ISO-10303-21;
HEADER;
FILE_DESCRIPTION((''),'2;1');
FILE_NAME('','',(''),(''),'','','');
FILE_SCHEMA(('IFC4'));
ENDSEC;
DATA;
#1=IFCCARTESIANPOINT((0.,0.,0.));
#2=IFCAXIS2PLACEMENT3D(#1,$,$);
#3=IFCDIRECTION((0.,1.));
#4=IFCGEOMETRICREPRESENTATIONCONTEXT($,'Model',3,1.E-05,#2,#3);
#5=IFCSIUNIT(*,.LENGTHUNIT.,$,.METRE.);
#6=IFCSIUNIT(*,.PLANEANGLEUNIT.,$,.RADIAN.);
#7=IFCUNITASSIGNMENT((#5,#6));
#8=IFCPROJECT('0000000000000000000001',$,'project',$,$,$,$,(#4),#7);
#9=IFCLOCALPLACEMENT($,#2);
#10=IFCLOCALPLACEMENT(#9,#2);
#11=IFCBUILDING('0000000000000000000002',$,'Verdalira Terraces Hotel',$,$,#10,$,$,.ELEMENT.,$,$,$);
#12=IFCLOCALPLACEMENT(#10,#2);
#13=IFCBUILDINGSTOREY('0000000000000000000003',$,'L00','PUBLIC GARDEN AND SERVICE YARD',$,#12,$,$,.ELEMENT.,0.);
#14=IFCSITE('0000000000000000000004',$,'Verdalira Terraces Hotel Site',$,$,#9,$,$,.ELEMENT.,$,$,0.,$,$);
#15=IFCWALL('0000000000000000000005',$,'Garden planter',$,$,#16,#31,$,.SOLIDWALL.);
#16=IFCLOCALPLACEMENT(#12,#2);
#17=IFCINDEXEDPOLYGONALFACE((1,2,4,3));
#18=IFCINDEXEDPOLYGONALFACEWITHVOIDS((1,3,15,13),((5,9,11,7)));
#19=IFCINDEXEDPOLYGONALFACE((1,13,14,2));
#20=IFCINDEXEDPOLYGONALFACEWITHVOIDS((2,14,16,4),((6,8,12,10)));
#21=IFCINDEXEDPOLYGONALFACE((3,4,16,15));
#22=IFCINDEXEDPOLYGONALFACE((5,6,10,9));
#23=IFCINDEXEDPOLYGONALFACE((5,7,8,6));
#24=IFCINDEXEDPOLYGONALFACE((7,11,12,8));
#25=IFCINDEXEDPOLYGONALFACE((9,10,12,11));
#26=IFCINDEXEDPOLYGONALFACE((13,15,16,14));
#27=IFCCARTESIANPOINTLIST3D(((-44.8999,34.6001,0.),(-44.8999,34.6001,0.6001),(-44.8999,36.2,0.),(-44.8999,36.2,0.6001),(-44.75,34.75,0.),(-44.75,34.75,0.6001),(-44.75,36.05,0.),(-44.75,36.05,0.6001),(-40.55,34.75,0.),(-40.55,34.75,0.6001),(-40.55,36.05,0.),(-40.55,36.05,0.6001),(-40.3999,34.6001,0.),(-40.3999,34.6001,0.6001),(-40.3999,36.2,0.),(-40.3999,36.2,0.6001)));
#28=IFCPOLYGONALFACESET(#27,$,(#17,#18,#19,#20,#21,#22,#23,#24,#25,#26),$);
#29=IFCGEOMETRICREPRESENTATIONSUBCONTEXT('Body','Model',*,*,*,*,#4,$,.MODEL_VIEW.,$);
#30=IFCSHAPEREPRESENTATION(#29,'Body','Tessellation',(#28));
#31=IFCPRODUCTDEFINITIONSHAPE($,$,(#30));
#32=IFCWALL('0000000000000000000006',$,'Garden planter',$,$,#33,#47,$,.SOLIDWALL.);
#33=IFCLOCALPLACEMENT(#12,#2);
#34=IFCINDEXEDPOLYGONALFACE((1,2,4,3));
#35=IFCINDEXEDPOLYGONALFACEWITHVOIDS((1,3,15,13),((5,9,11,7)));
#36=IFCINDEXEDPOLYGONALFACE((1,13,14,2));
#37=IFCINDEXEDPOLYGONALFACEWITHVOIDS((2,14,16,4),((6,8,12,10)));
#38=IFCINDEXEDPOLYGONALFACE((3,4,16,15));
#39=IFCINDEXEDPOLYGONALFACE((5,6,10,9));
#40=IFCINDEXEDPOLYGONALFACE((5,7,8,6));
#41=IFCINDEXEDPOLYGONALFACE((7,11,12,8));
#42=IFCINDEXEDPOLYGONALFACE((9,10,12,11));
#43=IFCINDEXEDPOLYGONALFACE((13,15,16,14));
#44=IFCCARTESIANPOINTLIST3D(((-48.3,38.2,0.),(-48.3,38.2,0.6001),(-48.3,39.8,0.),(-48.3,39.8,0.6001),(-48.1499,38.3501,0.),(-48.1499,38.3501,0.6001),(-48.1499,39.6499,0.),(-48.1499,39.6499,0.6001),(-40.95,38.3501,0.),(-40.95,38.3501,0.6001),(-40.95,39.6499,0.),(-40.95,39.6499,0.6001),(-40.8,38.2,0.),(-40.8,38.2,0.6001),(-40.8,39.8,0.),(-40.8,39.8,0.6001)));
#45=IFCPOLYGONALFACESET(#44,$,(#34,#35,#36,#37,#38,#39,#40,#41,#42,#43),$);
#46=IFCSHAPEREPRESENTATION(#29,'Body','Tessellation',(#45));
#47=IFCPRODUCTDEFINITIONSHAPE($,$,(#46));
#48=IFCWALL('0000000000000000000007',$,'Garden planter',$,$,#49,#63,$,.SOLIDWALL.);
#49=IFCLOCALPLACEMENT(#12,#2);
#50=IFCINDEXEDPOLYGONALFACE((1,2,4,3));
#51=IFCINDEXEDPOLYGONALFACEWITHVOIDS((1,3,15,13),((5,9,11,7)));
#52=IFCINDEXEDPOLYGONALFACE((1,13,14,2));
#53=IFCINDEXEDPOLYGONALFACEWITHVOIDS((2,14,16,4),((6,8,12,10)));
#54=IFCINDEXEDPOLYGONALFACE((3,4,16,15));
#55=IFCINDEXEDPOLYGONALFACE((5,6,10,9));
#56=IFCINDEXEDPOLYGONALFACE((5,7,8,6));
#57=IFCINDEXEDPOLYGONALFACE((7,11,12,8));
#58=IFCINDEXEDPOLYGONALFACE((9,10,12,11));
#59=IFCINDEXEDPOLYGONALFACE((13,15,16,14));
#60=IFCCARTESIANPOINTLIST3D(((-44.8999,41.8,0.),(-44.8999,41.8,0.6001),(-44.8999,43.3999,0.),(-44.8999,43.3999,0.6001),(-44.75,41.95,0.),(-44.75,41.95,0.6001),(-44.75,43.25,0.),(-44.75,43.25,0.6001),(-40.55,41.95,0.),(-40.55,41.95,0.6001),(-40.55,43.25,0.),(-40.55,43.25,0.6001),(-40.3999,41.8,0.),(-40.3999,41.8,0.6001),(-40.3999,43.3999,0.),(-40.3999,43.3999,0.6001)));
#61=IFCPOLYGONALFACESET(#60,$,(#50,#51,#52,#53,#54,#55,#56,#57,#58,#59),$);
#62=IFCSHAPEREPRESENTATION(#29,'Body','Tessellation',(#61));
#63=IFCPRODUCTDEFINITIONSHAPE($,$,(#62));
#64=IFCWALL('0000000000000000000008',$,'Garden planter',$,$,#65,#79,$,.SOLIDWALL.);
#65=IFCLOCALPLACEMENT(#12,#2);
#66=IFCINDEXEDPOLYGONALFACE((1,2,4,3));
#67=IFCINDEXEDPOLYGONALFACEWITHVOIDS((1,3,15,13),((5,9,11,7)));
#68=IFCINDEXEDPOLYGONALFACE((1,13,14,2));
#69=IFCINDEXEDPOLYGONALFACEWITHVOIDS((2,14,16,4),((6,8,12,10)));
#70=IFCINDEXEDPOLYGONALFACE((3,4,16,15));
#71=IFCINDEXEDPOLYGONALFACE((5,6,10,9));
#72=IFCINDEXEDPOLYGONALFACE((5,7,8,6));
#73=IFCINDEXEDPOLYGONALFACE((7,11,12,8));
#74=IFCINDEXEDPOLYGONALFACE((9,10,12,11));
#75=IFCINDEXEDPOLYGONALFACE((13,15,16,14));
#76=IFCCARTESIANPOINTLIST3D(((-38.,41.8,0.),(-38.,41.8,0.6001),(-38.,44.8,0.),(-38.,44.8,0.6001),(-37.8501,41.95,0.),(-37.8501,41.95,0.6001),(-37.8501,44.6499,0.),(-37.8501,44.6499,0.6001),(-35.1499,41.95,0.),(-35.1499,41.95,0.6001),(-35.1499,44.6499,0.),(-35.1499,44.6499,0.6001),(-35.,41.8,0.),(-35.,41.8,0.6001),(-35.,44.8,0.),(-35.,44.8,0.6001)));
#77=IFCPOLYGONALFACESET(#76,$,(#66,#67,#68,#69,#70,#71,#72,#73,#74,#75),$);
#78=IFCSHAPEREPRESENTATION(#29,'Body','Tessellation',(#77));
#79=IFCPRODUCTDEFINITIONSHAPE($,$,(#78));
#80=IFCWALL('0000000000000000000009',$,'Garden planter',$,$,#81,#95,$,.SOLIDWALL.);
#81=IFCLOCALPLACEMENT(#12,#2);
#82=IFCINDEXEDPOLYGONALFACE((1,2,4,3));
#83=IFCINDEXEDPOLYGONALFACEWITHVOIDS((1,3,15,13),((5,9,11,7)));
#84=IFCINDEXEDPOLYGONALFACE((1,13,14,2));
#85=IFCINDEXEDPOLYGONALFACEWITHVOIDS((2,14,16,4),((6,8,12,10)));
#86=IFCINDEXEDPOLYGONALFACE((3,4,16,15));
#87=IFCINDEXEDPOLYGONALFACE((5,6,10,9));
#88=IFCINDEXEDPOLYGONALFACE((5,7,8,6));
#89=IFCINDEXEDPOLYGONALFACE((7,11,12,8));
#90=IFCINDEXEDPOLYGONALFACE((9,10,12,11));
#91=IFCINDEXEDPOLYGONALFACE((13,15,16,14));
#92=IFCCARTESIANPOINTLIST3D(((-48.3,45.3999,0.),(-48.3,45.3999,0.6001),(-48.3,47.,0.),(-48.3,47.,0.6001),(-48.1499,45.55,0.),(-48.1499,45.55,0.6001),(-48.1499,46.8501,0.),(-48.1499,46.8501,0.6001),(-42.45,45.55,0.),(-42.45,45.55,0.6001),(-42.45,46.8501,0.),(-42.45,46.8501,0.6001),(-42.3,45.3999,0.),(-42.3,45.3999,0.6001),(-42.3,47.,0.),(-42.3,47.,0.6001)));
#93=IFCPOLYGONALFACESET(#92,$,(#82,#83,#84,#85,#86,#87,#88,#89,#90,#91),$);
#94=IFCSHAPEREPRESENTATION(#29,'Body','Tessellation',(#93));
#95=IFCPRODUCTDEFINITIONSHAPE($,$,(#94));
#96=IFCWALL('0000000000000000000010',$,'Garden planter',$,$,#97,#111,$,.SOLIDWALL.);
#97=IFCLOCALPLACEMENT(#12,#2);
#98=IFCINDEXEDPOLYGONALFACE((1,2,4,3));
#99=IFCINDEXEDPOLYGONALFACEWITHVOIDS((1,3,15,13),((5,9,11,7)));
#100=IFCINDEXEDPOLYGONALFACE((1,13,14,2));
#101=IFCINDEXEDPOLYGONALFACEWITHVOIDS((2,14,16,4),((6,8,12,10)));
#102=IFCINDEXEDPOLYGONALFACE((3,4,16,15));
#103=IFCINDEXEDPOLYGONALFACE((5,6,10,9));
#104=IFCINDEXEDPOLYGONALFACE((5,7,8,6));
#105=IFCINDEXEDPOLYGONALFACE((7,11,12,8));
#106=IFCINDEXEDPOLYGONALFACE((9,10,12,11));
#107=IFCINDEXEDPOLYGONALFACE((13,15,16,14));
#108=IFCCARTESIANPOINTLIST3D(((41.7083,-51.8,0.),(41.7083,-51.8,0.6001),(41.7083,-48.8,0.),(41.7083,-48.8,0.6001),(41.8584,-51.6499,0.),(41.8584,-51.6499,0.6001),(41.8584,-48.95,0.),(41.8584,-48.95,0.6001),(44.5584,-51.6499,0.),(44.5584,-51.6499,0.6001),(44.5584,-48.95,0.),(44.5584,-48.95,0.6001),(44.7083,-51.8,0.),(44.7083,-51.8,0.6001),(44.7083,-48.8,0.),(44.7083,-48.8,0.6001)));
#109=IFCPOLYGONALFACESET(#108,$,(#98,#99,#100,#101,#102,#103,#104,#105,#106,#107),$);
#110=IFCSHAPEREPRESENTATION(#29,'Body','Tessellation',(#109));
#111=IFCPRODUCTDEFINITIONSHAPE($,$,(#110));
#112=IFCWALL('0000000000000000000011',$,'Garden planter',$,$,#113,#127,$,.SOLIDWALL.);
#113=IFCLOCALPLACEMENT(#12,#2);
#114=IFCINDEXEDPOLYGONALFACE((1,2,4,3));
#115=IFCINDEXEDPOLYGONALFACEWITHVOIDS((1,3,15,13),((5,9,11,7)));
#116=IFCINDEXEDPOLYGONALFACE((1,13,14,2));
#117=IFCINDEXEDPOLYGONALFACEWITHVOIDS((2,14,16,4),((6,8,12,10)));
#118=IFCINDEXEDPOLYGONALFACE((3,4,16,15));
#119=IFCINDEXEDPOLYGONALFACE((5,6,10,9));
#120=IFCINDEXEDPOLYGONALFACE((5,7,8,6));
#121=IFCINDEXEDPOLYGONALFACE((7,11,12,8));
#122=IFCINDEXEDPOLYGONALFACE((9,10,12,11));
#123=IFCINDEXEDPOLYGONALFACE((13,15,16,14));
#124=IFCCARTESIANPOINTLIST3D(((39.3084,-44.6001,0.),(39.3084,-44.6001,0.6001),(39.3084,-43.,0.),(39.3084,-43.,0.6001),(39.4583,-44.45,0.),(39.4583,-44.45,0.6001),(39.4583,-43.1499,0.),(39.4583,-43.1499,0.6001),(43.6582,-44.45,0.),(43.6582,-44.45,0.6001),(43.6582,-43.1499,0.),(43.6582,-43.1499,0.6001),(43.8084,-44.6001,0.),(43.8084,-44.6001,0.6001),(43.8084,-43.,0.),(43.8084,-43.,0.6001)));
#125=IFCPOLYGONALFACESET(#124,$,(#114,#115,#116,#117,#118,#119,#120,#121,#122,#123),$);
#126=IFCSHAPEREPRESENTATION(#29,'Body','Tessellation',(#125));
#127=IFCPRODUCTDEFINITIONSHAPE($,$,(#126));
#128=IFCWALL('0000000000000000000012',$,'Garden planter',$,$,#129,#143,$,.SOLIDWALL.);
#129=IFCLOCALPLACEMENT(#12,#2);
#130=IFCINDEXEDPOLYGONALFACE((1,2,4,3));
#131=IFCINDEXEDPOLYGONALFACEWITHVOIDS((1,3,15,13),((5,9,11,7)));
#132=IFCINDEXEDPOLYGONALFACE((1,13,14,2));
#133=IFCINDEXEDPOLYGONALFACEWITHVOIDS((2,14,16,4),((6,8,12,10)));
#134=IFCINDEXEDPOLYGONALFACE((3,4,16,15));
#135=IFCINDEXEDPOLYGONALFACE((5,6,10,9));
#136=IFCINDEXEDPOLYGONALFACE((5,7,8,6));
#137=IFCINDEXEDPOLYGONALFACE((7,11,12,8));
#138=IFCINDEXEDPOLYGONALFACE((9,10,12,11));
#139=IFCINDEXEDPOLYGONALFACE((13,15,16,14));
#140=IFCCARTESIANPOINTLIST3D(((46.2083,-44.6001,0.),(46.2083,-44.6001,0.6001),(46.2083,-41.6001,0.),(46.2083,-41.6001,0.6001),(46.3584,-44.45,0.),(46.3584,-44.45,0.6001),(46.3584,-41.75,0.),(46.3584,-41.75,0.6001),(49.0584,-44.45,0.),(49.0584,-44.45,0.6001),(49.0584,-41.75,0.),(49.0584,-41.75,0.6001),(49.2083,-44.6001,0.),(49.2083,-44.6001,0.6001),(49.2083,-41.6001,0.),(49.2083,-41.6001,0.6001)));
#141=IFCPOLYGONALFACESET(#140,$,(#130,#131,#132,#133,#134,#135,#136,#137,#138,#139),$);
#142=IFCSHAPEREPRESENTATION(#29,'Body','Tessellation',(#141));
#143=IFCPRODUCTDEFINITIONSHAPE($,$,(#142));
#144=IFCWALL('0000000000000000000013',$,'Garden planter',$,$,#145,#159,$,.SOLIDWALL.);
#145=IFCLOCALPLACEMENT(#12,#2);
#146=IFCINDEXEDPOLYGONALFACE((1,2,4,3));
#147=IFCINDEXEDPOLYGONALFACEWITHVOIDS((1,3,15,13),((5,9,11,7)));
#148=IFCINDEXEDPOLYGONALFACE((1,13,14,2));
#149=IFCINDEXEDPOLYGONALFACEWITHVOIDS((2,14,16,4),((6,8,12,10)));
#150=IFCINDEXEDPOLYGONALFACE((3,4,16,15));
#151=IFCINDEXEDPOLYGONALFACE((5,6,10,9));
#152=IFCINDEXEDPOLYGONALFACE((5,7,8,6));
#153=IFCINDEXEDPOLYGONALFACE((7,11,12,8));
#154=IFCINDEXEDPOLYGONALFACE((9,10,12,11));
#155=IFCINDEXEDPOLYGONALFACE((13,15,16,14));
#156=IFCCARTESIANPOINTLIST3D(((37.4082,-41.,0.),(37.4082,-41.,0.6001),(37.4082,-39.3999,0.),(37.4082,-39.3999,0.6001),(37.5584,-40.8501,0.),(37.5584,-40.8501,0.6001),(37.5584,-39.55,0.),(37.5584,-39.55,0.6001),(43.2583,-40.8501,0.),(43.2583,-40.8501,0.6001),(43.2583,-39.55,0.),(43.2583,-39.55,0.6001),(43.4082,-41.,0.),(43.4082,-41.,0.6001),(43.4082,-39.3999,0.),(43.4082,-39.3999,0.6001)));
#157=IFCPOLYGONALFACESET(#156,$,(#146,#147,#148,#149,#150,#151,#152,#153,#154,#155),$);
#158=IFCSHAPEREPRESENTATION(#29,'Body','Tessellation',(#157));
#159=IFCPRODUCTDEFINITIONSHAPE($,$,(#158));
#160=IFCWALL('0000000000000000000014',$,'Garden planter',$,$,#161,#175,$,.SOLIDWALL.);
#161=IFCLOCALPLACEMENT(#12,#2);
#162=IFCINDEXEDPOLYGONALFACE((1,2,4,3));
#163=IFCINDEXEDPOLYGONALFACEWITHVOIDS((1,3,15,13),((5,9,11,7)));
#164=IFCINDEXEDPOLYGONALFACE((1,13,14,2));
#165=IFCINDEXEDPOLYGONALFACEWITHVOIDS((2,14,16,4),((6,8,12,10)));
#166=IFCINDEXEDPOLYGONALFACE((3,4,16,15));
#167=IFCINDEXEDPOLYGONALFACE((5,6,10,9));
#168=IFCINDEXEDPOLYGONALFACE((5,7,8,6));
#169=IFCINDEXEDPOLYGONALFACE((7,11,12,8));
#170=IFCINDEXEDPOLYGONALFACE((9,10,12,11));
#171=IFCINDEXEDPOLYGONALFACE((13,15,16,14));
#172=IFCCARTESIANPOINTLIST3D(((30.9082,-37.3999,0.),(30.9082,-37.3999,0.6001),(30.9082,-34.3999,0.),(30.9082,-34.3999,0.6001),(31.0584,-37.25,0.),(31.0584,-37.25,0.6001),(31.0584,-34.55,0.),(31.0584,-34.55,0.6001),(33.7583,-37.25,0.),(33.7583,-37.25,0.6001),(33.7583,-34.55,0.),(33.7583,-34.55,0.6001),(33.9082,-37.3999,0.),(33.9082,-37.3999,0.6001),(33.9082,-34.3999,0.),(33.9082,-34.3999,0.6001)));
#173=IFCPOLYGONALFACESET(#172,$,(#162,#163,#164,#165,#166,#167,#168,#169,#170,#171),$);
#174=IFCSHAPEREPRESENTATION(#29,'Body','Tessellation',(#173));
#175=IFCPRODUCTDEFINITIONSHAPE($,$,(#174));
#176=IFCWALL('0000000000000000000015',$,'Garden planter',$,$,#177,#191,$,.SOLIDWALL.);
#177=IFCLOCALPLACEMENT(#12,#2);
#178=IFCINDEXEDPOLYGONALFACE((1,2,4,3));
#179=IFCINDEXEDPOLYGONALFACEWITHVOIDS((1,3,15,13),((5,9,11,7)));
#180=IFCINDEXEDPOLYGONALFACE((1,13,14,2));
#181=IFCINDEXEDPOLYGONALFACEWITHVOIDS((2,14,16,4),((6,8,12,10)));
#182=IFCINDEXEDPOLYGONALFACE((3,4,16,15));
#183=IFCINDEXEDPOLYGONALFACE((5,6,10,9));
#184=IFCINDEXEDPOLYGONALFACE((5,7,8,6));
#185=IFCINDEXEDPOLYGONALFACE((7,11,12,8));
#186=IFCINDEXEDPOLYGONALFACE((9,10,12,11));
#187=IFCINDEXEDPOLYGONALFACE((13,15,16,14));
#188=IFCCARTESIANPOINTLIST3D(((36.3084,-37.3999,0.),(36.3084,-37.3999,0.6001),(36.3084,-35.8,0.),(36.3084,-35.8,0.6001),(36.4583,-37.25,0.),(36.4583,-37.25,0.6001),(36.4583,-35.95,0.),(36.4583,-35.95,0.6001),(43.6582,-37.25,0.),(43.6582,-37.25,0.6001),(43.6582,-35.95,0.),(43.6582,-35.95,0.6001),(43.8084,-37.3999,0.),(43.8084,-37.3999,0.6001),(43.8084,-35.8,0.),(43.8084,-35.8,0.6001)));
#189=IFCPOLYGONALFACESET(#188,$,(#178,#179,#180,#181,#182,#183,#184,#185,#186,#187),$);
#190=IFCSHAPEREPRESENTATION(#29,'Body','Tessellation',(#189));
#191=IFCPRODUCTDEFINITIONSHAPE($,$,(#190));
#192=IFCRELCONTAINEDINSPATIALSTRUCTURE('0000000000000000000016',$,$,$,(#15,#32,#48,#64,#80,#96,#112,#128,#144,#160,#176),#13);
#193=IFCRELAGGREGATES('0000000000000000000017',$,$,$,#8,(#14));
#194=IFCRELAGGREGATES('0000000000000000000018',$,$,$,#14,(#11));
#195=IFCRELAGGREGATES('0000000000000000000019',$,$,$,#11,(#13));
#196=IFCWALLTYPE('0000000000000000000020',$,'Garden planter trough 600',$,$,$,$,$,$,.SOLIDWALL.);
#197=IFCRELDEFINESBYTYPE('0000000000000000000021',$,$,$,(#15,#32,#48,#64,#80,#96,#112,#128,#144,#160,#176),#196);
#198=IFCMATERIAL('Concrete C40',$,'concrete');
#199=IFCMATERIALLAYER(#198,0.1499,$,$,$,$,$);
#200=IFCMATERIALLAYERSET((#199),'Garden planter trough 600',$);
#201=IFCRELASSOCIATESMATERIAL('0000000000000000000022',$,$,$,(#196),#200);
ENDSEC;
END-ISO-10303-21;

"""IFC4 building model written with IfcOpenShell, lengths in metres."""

from ifc_helpers import new_model, si_unit, direction, origin, place, context, subcontext, project, spatial, polyline, outline, extrude, material, layer, layer_set, type_object, element, save


model = new_model("IFC4")

# Units and contexts
model_context = context("Model", 3, precision=1e-05, world=origin(), true_north=direction((0.0, 1.0)))
body_context = subcontext(model_context, "Body", "Model", "MODEL_VIEW")
ifc_project = project(units=[si_unit("LENGTHUNIT", "METRE"), si_unit("PLANEANGLEUNIT", "RADIAN")], contexts=[model_context])

# Site, building, storey
site_placement = place(None, origin())
site = spatial("IfcSite", under=ifc_project, at=site_placement, Name="Verdalira Terraces Hotel Site", CompositionType="ELEMENT", RefElevation=0.0)
building_placement = place(site_placement, origin())
building = spatial("IfcBuilding", under=site, at=building_placement, Name="Verdalira Terraces Hotel", CompositionType="ELEMENT")
storey_placement = place(building_placement, origin())
storey = spatial("IfcBuildingStorey", under=building, at=storey_placement, Name="L00", Description="PUBLIC GARDEN AND SERVICE YARD", CompositionType="ELEMENT", Elevation=0.0)

# Walls
ifc_material_1 = material(Name="Concrete C40", Category="concrete")
ifc_layer_1 = layer(ifc_material_1, 0.1499)
ifc_layer_set_1 = layer_set([ifc_layer_1], Name="Garden planter trough 600")
wall_type = type_object("IfcWallType", Name="Garden planter trough 600", PredefinedType="SOLIDWALL", material=ifc_layer_set_1)
wall_1_placement = place(storey_placement, origin())
element("IfcWall", 1, at=wall_1_placement, inside=storey, type_object=wall_type, Name="Garden planter", PredefinedType="SOLIDWALL", context=body_context, shape_type="SweptSolid", body=[
    extrude(outline(polyline([(-44.8999, 34.6001), (-40.3999, 34.6001), (-40.3999, 36.2), (-44.8999, 36.2), (-44.8999, 34.6001)]), holes=[polyline([(-44.75, 34.75), (-44.75, 36.05), (-40.55, 36.05), (-40.55, 34.75), (-44.75, 34.75)])]), origin(), (0.0, 0.0, 1.0), 0.6001),
])
wall_2_placement = place(storey_placement, origin())
element("IfcWall", 2, at=wall_2_placement, inside=storey, type_object=wall_type, Name="Garden planter", PredefinedType="SOLIDWALL", context=body_context, shape_type="SweptSolid", body=[
    extrude(outline(polyline([(-48.3, 38.2), (-40.8, 38.2), (-40.8, 39.8), (-48.3, 39.8), (-48.3, 38.2)]), holes=[polyline([(-48.1499, 38.3501), (-48.1499, 39.6499), (-40.95, 39.6499), (-40.95, 38.3501), (-48.1499, 38.3501)])]), origin(), (0.0, 0.0, 1.0), 0.6001),
])
wall_3_placement = place(storey_placement, origin())
element("IfcWall", 3, at=wall_3_placement, inside=storey, type_object=wall_type, Name="Garden planter", PredefinedType="SOLIDWALL", context=body_context, shape_type="SweptSolid", body=[
    extrude(outline(polyline([(-44.8999, 41.8), (-40.3999, 41.8), (-40.3999, 43.3999), (-44.8999, 43.3999), (-44.8999, 41.8)]), holes=[polyline([(-44.75, 41.95), (-44.75, 43.25), (-40.55, 43.25), (-40.55, 41.95), (-44.75, 41.95)])]), origin(), (0.0, 0.0, 1.0), 0.6001),
])
wall_4_placement = place(storey_placement, origin())
element("IfcWall", 4, at=wall_4_placement, inside=storey, type_object=wall_type, Name="Garden planter", PredefinedType="SOLIDWALL", context=body_context, shape_type="SweptSolid", body=[
    extrude(outline(polyline([(-38.0, 41.8), (-35.0, 41.8), (-35.0, 44.8), (-38.0, 44.8), (-38.0, 41.8)]), holes=[polyline([(-37.8501, 41.95), (-37.8501, 44.6499), (-35.1499, 44.6499), (-35.1499, 41.95), (-37.8501, 41.95)])]), origin(), (0.0, 0.0, 1.0), 0.6001),
])
wall_5_placement = place(storey_placement, origin())
element("IfcWall", 5, at=wall_5_placement, inside=storey, type_object=wall_type, Name="Garden planter", PredefinedType="SOLIDWALL", context=body_context, shape_type="SweptSolid", body=[
    extrude(outline(polyline([(-48.3, 45.3999), (-42.3, 45.3999), (-42.3, 47.0), (-48.3, 47.0), (-48.3, 45.3999)]), holes=[polyline([(-48.1499, 45.55), (-48.1499, 46.8501), (-42.45, 46.8501), (-42.45, 45.55), (-48.1499, 45.55)])]), origin(), (0.0, 0.0, 1.0), 0.6001),
])
wall_6_placement = place(storey_placement, origin())
element("IfcWall", 6, at=wall_6_placement, inside=storey, type_object=wall_type, Name="Garden planter", PredefinedType="SOLIDWALL", context=body_context, shape_type="SweptSolid", body=[
    extrude(outline(polyline([(41.7083, -51.8), (44.7083, -51.8), (44.7083, -48.8), (41.7083, -48.8), (41.7083, -51.8)]), holes=[polyline([(41.8584, -51.6499), (41.8584, -48.95), (44.5583, -48.95), (44.5583, -51.6499), (41.8584, -51.6499)])]), origin(), (0.0, 0.0, 1.0), 0.6001),
])
wall_7_placement = place(storey_placement, origin())
element("IfcWall", 7, at=wall_7_placement, inside=storey, type_object=wall_type, Name="Garden planter", PredefinedType="SOLIDWALL", context=body_context, shape_type="SweptSolid", body=[
    extrude(outline(polyline([(39.3083, -44.6001), (43.8083, -44.6001), (43.8083, -43.0), (39.3083, -43.0), (39.3083, -44.6001)]), holes=[polyline([(39.4583, -44.45), (39.4583, -43.1499), (43.6582, -43.1499), (43.6582, -44.45), (39.4583, -44.45)])]), origin(), (0.0, 0.0, 1.0), 0.6001),
])
wall_8_placement = place(storey_placement, origin())
element("IfcWall", 8, at=wall_8_placement, inside=storey, type_object=wall_type, Name="Garden planter", PredefinedType="SOLIDWALL", context=body_context, shape_type="SweptSolid", body=[
    extrude(outline(polyline([(46.2083, -44.6001), (49.2083, -44.6001), (49.2083, -41.6001), (46.2083, -41.6001), (46.2083, -44.6001)]), holes=[polyline([(46.3584, -44.45), (46.3584, -41.75), (49.0583, -41.75), (49.0583, -44.45), (46.3584, -44.45)])]), origin(), (0.0, 0.0, 1.0), 0.6001),
])
wall_9_placement = place(storey_placement, origin())
element("IfcWall", 9, at=wall_9_placement, inside=storey, type_object=wall_type, Name="Garden planter", PredefinedType="SOLIDWALL", context=body_context, shape_type="SweptSolid", body=[
    extrude(outline(polyline([(37.4082, -41.0), (43.4082, -41.0), (43.4082, -39.3999), (37.4082, -39.3999), (37.4082, -41.0)]), holes=[polyline([(37.5583, -40.8501), (37.5583, -39.55), (43.2583, -39.55), (43.2583, -40.8501), (37.5583, -40.8501)])]), origin(), (0.0, 0.0, 1.0), 0.6001),
])
wall_10_placement = place(storey_placement, origin())
element("IfcWall", 10, at=wall_10_placement, inside=storey, type_object=wall_type, Name="Garden planter", PredefinedType="SOLIDWALL", context=body_context, shape_type="SweptSolid", body=[
    extrude(outline(polyline([(30.9082, -37.3999), (33.9082, -37.3999), (33.9082, -34.3999), (30.9082, -34.3999), (30.9082, -37.3999)]), holes=[polyline([(31.0584, -37.25), (31.0584, -34.55), (33.7583, -34.55), (33.7583, -37.25), (31.0584, -37.25)])]), origin(), (0.0, 0.0, 1.0), 0.6001),
])
wall_11_placement = place(storey_placement, origin())
element("IfcWall", 11, at=wall_11_placement, inside=storey, type_object=wall_type, Name="Garden planter", PredefinedType="SOLIDWALL", context=body_context, shape_type="SweptSolid", body=[
    extrude(outline(polyline([(36.3083, -37.3999), (43.8083, -37.3999), (43.8083, -35.8), (36.3083, -35.8), (36.3083, -37.3999)]), holes=[polyline([(36.4583, -37.25), (36.4583, -35.95), (43.6582, -35.95), (43.6582, -37.25), (36.4583, -37.25)])]), origin(), (0.0, 0.0, 1.0), 0.6001),
])

save(model, "model.ifc")
